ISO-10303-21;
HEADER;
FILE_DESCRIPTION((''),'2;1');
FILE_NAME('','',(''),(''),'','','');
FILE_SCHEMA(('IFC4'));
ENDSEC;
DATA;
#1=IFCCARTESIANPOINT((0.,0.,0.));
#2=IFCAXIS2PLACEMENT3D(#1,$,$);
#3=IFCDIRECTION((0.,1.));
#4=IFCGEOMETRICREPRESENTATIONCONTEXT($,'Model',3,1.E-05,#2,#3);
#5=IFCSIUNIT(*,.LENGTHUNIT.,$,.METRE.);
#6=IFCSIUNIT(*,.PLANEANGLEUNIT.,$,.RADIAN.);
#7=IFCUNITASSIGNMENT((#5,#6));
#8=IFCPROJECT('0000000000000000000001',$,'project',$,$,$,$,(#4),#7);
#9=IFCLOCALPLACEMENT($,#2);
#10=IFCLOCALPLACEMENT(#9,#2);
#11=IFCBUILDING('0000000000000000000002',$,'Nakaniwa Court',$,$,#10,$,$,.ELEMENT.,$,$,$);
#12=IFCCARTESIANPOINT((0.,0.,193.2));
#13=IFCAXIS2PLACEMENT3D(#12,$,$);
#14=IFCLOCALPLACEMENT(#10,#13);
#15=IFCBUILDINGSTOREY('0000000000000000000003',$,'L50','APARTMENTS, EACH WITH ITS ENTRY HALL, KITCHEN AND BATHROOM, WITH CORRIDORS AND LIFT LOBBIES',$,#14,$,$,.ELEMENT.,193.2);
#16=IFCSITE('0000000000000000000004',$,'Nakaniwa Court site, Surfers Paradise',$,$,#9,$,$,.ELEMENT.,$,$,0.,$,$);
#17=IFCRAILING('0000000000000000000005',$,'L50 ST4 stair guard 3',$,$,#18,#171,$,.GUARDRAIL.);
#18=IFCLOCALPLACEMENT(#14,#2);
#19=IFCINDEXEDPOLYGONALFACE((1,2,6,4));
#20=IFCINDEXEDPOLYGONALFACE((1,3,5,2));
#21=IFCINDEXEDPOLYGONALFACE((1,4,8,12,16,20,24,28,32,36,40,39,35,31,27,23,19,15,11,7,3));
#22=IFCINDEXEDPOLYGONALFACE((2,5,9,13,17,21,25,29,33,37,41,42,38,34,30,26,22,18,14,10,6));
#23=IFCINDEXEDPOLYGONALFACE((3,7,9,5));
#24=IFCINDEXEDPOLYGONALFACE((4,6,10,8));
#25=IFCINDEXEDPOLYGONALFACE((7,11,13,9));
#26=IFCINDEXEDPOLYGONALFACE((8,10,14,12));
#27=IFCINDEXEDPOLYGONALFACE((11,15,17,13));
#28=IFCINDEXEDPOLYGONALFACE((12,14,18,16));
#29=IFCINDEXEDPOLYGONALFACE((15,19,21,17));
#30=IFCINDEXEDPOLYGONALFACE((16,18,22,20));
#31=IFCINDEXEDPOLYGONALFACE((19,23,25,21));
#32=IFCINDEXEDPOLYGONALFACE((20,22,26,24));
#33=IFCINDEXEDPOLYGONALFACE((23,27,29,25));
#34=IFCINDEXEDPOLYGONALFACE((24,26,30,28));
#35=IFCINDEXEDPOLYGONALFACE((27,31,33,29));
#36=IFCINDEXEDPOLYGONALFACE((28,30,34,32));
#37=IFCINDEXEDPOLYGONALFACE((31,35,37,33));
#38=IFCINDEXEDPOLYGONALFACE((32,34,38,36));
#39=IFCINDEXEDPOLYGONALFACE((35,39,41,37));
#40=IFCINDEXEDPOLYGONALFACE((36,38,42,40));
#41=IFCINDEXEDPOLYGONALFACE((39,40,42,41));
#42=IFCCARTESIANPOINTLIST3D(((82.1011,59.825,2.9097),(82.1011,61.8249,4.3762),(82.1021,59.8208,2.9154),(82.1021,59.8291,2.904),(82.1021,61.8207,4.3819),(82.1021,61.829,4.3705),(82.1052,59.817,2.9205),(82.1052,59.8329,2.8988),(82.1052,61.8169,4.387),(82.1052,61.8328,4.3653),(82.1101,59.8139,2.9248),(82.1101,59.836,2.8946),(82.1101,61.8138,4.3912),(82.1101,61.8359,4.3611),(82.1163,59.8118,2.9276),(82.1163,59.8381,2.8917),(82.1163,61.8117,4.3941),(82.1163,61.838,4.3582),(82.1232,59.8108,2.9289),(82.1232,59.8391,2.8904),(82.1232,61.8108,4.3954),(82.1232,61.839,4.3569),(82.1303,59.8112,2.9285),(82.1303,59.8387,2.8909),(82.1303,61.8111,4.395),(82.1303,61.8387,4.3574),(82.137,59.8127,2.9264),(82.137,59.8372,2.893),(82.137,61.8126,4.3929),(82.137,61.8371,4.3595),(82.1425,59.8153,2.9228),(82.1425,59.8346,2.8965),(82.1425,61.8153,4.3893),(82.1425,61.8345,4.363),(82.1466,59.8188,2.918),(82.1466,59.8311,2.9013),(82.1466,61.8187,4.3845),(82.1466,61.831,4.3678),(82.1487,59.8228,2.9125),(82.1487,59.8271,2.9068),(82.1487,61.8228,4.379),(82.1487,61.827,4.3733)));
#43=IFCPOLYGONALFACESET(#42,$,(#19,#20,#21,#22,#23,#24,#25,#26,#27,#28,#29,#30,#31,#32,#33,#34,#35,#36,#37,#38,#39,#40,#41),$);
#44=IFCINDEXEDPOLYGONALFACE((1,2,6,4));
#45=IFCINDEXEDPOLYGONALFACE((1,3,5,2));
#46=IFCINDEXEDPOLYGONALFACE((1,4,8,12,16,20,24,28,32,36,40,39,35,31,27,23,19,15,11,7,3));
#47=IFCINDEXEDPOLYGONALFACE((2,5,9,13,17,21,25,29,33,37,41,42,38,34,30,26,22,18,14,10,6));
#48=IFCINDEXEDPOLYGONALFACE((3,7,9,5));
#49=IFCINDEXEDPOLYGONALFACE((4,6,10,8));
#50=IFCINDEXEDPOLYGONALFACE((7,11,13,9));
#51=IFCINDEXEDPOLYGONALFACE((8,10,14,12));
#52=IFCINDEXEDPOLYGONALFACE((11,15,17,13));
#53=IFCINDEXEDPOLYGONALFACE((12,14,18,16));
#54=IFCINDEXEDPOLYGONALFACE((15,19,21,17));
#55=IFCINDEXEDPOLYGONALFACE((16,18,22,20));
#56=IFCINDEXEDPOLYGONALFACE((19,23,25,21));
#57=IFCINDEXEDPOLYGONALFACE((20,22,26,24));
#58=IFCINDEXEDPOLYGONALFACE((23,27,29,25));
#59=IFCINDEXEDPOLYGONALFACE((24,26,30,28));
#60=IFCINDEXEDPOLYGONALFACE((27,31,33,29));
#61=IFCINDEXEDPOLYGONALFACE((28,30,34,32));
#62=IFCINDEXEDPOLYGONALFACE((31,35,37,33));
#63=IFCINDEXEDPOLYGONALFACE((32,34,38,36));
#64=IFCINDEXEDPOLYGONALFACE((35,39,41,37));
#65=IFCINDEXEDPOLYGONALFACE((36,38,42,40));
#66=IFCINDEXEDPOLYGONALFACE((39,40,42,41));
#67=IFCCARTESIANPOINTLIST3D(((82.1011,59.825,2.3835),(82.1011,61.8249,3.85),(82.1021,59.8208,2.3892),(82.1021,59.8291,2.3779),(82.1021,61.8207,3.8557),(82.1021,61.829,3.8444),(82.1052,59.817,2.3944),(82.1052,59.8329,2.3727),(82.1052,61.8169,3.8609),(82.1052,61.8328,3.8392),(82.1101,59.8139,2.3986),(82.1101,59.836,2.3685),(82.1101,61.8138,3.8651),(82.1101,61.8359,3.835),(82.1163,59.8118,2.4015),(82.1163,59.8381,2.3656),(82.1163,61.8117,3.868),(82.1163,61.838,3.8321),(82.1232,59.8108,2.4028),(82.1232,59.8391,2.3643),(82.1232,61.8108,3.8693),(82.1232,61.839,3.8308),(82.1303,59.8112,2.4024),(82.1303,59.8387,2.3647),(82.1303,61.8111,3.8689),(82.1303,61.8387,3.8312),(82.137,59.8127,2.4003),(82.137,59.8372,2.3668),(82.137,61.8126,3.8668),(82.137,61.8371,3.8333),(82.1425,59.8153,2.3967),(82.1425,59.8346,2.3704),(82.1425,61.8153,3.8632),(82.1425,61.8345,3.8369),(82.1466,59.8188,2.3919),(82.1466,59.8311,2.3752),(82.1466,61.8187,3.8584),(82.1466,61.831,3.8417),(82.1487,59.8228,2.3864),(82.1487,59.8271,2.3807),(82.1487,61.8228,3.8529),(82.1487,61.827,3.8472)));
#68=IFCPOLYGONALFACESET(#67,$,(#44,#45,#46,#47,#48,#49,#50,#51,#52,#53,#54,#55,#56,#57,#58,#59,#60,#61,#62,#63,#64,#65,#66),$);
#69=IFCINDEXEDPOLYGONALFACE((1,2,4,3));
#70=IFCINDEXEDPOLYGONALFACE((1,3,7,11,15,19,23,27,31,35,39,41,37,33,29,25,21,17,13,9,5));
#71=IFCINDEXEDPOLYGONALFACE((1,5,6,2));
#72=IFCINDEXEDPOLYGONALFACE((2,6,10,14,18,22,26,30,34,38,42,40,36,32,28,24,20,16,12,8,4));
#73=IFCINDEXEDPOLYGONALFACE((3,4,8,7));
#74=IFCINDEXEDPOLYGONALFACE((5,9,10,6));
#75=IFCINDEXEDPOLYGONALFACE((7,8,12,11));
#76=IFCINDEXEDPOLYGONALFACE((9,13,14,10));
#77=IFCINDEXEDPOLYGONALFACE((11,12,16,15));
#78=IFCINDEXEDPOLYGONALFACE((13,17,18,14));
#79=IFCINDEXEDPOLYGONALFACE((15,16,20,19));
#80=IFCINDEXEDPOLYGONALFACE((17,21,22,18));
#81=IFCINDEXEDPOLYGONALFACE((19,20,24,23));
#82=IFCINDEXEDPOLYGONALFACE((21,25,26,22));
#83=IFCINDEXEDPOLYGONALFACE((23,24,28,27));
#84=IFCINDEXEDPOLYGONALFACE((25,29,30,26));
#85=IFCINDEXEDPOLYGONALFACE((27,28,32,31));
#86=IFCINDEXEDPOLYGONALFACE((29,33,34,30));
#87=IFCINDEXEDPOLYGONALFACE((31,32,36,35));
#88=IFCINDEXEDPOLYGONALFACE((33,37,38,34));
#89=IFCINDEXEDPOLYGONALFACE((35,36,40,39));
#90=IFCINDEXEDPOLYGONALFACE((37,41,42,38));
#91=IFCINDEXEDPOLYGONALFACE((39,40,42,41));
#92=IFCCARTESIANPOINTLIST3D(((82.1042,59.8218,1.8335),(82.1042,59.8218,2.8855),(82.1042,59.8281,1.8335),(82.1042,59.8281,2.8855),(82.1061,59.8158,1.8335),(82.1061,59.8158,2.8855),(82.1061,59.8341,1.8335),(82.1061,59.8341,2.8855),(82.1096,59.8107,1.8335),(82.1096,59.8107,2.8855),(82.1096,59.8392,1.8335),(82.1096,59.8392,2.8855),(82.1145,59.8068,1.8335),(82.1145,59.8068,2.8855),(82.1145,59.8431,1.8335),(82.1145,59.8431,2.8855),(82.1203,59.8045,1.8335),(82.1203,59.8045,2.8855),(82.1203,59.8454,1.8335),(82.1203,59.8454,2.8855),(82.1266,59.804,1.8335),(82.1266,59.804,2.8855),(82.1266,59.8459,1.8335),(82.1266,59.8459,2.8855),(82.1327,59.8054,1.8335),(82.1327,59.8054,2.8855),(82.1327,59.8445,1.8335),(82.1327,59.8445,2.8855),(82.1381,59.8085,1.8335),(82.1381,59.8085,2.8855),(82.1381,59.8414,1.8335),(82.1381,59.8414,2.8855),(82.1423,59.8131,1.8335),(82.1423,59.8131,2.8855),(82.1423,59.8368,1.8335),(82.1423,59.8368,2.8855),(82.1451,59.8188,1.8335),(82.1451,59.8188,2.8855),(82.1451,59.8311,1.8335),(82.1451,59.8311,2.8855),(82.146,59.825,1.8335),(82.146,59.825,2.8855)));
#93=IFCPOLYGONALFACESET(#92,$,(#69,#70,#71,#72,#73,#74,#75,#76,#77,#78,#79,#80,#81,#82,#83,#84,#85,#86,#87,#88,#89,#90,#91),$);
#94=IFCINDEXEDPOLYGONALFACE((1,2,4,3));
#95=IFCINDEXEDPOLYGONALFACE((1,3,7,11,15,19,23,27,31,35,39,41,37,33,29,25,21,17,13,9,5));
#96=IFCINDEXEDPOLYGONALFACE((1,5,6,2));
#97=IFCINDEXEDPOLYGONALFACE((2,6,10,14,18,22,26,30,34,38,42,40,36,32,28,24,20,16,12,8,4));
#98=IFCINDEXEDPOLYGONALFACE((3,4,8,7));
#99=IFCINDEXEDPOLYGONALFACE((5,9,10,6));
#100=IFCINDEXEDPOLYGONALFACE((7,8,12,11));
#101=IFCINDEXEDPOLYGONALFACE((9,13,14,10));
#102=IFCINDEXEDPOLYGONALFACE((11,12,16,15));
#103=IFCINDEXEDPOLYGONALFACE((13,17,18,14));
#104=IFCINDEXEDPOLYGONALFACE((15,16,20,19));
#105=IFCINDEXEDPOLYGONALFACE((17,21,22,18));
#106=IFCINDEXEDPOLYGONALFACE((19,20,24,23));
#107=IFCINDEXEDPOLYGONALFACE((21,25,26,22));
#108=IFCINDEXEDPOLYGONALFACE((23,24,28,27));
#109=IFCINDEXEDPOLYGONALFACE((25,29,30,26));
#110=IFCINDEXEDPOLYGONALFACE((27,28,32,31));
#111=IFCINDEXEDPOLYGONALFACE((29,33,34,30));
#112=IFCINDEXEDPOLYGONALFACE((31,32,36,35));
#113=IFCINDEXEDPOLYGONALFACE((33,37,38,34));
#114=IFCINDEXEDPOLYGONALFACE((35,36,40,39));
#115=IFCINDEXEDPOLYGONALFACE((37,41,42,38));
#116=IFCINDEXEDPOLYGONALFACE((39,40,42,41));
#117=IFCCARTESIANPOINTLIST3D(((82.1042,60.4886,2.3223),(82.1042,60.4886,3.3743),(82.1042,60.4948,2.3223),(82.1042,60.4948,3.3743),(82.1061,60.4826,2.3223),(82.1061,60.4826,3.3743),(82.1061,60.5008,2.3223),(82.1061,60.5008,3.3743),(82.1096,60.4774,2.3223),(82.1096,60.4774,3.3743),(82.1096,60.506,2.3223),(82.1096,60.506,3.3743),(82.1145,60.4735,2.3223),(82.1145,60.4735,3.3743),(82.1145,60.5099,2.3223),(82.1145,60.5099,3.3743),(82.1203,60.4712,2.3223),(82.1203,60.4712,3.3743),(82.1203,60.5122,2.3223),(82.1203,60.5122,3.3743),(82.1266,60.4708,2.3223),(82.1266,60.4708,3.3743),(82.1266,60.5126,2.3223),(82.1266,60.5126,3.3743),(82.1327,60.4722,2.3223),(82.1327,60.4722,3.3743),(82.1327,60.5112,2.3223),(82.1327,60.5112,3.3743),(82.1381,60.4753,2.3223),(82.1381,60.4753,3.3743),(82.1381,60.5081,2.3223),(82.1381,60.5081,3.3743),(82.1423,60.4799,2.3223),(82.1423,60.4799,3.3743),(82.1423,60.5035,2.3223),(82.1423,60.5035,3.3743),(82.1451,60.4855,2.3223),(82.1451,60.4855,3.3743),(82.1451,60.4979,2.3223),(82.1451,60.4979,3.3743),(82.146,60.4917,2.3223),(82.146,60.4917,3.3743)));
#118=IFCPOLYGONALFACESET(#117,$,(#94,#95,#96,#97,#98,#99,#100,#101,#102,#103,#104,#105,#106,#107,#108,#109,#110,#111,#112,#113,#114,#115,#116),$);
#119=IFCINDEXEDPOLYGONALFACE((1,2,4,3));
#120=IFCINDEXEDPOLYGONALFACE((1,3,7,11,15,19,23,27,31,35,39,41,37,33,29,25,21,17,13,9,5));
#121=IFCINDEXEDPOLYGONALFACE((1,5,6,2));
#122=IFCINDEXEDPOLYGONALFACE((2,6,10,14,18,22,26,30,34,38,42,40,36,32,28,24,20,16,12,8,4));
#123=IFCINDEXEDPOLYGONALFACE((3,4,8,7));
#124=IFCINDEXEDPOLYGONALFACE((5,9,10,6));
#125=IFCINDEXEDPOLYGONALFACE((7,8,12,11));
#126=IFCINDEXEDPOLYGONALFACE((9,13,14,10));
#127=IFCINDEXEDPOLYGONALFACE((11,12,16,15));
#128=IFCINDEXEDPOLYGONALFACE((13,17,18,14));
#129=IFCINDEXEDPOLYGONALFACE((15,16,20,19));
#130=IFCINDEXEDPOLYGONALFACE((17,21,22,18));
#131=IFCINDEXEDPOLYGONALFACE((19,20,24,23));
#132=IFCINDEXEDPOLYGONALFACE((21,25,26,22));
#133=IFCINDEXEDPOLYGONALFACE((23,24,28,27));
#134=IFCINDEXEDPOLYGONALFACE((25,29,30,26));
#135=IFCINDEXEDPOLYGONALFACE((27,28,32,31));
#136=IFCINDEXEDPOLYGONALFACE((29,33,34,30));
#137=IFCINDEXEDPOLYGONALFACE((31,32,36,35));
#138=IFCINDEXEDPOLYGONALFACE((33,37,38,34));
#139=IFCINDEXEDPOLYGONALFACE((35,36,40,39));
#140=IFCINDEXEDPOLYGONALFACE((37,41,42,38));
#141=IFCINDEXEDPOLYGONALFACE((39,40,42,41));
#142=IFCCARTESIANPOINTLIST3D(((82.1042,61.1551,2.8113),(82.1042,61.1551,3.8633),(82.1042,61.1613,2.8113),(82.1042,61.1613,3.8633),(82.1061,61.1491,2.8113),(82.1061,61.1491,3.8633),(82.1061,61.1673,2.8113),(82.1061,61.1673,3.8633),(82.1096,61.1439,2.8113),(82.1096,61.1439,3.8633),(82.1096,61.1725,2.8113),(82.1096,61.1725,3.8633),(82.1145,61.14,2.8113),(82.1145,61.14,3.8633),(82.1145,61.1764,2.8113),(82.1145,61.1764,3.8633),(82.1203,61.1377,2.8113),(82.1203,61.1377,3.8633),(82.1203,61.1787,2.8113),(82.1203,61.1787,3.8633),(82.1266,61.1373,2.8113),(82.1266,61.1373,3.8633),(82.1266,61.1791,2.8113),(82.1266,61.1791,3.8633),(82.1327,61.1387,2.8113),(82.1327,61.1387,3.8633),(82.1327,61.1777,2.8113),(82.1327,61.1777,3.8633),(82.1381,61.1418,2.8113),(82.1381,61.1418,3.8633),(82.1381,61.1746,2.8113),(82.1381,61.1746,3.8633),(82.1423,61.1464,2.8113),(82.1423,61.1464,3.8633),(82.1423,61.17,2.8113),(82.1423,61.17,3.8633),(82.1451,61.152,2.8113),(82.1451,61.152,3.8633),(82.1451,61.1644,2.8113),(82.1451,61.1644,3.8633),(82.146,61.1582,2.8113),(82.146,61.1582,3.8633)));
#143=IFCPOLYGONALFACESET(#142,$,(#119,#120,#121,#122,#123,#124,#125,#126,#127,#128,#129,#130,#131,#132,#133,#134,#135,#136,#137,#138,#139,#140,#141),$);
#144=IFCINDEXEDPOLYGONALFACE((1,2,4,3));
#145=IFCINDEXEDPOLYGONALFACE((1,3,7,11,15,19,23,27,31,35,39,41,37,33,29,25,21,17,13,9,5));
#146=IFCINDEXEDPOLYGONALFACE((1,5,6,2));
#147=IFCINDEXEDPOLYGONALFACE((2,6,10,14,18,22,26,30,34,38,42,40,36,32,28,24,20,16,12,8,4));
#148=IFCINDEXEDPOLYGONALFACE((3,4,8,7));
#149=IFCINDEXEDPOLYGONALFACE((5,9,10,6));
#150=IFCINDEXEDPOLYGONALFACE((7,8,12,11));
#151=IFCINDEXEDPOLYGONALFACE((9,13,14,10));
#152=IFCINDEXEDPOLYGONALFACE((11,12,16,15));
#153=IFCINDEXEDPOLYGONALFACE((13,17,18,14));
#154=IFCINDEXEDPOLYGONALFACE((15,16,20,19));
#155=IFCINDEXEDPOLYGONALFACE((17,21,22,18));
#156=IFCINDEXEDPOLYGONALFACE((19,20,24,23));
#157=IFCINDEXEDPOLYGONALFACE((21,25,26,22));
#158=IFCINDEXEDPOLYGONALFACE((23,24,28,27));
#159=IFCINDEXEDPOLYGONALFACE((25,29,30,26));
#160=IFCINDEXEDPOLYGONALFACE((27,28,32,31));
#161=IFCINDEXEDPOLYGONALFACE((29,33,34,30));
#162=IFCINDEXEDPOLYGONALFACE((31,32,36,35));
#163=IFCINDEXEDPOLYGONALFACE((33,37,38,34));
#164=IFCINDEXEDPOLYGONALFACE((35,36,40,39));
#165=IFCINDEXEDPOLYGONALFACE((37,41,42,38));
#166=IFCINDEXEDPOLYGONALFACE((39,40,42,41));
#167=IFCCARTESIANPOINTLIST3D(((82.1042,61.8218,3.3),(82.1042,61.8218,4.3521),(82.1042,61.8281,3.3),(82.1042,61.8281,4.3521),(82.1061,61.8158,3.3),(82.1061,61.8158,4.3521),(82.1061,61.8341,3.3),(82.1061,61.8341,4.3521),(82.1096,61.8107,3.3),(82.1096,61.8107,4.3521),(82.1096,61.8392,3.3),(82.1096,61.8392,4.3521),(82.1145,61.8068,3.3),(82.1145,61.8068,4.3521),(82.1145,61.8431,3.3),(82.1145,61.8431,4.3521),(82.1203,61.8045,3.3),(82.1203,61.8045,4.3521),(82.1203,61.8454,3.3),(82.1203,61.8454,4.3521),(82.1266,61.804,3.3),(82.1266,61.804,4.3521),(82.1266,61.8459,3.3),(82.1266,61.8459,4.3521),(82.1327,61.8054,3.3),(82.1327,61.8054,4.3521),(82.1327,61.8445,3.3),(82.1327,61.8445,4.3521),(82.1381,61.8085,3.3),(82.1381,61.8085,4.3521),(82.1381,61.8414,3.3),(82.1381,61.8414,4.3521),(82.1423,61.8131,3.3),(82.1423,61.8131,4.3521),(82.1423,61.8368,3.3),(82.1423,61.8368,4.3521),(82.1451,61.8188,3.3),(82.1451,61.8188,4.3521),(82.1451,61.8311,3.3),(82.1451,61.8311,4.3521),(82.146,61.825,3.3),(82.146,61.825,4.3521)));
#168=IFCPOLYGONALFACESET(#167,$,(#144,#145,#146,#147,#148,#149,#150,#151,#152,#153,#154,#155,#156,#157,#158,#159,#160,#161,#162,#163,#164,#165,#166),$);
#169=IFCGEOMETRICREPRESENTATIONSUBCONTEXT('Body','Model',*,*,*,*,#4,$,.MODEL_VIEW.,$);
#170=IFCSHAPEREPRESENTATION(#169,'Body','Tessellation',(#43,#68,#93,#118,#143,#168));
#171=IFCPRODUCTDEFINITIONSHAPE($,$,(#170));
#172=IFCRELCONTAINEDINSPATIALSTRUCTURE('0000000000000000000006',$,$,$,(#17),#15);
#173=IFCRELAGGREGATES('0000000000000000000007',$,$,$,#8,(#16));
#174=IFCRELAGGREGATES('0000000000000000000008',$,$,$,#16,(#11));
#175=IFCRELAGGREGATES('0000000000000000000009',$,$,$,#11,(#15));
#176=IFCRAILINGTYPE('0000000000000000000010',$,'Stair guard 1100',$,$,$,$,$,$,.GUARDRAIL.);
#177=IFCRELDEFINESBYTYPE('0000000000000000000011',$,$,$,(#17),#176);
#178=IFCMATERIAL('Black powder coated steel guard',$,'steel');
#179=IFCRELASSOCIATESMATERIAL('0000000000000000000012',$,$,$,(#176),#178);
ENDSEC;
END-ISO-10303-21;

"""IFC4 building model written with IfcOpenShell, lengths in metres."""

from ifc_helpers import new_model, si_unit, direction, frame, origin, origin_2d, place, context, subcontext, project, spatial, circle, extrude, material, type_object, element, save


model = new_model("IFC4")

# Units and contexts
model_context = context("Model", 3, precision=1e-05, world=origin(), true_north=direction((0.0, 1.0)))
body_context = subcontext(model_context, "Body", "Model", "MODEL_VIEW")
ifc_project = project(units=[si_unit("LENGTHUNIT", "METRE"), si_unit("PLANEANGLEUNIT", "RADIAN")], contexts=[model_context])

# Site, building, storey
site_placement = place(None, origin())
site = spatial("IfcSite", under=ifc_project, at=site_placement, Name="Nakaniwa Court site, Surfers Paradise", CompositionType="ELEMENT", RefElevation=0.0)
building_placement = place(site_placement, origin())
building = spatial("IfcBuilding", under=site, at=building_placement, Name="Nakaniwa Court", CompositionType="ELEMENT")
storey_placement = place(building_placement, frame((0.0, 0.0, 193.2)))
storey = spatial("IfcBuildingStorey", under=building, at=storey_placement, Name="L50", Description="APARTMENTS, EACH WITH ITS ENTRY HALL, KITCHEN AND BATHROOM, WITH CORRIDORS AND LIFT LOBBIES", CompositionType="ELEMENT", Elevation=193.2)

# Railing
ifc_material_1 = material(Name="Black powder coated steel guard", Category="steel")
railing_type_1 = type_object("IfcRailingType", Name="Stair guard 1100", PredefinedType="GUARDRAIL", material=ifc_material_1)
railing_1_placement = place(storey_placement, frame((82.125, 59.825, 1.8335)))
element("IfcRailing", 1, at=railing_1_placement, inside=storey, type_object=railing_type_1, Name="L50 ST4 stair guard 3", PredefinedType="GUARDRAIL", context=body_context, shape_type="SweptSolid", body=[
    extrude(circle(Radius=0.0239, at=origin_2d()), frame((0.0, 0.0, 1.0762), z_axis=(0.0, 0.806427, 0.591334), x_axis=(-1.0, 0.0, 0.0)), (0.0, 0.0, 1.0), 2.48),
    extrude(circle(Radius=0.0239, at=origin_2d()), frame((0.0, 0.0, 0.55), z_axis=(0.0, 0.806427, 0.591334), x_axis=(-1.0, 0.0, 0.0)), (0.0, 0.0, 1.0), 2.48),
    extrude(circle(Radius=0.021, at=origin_2d()), origin(), (0.0, 0.0, 1.0), 1.052),
    extrude(circle(Radius=0.021, at=origin_2d()), frame((0.0, 0.6667, 0.4888)), (0.0, 0.0, 1.0), 1.052),
    extrude(circle(Radius=0.021, at=origin_2d()), frame((0.0, 1.3333, 0.9778)), (0.0, 0.0, 1.0), 1.052),
    extrude(circle(Radius=0.021, at=origin_2d()), frame((0.0, 2.0, 1.4666)), (0.0, 0.0, 1.0), 1.052),
])

save(model, "model.ifc")
